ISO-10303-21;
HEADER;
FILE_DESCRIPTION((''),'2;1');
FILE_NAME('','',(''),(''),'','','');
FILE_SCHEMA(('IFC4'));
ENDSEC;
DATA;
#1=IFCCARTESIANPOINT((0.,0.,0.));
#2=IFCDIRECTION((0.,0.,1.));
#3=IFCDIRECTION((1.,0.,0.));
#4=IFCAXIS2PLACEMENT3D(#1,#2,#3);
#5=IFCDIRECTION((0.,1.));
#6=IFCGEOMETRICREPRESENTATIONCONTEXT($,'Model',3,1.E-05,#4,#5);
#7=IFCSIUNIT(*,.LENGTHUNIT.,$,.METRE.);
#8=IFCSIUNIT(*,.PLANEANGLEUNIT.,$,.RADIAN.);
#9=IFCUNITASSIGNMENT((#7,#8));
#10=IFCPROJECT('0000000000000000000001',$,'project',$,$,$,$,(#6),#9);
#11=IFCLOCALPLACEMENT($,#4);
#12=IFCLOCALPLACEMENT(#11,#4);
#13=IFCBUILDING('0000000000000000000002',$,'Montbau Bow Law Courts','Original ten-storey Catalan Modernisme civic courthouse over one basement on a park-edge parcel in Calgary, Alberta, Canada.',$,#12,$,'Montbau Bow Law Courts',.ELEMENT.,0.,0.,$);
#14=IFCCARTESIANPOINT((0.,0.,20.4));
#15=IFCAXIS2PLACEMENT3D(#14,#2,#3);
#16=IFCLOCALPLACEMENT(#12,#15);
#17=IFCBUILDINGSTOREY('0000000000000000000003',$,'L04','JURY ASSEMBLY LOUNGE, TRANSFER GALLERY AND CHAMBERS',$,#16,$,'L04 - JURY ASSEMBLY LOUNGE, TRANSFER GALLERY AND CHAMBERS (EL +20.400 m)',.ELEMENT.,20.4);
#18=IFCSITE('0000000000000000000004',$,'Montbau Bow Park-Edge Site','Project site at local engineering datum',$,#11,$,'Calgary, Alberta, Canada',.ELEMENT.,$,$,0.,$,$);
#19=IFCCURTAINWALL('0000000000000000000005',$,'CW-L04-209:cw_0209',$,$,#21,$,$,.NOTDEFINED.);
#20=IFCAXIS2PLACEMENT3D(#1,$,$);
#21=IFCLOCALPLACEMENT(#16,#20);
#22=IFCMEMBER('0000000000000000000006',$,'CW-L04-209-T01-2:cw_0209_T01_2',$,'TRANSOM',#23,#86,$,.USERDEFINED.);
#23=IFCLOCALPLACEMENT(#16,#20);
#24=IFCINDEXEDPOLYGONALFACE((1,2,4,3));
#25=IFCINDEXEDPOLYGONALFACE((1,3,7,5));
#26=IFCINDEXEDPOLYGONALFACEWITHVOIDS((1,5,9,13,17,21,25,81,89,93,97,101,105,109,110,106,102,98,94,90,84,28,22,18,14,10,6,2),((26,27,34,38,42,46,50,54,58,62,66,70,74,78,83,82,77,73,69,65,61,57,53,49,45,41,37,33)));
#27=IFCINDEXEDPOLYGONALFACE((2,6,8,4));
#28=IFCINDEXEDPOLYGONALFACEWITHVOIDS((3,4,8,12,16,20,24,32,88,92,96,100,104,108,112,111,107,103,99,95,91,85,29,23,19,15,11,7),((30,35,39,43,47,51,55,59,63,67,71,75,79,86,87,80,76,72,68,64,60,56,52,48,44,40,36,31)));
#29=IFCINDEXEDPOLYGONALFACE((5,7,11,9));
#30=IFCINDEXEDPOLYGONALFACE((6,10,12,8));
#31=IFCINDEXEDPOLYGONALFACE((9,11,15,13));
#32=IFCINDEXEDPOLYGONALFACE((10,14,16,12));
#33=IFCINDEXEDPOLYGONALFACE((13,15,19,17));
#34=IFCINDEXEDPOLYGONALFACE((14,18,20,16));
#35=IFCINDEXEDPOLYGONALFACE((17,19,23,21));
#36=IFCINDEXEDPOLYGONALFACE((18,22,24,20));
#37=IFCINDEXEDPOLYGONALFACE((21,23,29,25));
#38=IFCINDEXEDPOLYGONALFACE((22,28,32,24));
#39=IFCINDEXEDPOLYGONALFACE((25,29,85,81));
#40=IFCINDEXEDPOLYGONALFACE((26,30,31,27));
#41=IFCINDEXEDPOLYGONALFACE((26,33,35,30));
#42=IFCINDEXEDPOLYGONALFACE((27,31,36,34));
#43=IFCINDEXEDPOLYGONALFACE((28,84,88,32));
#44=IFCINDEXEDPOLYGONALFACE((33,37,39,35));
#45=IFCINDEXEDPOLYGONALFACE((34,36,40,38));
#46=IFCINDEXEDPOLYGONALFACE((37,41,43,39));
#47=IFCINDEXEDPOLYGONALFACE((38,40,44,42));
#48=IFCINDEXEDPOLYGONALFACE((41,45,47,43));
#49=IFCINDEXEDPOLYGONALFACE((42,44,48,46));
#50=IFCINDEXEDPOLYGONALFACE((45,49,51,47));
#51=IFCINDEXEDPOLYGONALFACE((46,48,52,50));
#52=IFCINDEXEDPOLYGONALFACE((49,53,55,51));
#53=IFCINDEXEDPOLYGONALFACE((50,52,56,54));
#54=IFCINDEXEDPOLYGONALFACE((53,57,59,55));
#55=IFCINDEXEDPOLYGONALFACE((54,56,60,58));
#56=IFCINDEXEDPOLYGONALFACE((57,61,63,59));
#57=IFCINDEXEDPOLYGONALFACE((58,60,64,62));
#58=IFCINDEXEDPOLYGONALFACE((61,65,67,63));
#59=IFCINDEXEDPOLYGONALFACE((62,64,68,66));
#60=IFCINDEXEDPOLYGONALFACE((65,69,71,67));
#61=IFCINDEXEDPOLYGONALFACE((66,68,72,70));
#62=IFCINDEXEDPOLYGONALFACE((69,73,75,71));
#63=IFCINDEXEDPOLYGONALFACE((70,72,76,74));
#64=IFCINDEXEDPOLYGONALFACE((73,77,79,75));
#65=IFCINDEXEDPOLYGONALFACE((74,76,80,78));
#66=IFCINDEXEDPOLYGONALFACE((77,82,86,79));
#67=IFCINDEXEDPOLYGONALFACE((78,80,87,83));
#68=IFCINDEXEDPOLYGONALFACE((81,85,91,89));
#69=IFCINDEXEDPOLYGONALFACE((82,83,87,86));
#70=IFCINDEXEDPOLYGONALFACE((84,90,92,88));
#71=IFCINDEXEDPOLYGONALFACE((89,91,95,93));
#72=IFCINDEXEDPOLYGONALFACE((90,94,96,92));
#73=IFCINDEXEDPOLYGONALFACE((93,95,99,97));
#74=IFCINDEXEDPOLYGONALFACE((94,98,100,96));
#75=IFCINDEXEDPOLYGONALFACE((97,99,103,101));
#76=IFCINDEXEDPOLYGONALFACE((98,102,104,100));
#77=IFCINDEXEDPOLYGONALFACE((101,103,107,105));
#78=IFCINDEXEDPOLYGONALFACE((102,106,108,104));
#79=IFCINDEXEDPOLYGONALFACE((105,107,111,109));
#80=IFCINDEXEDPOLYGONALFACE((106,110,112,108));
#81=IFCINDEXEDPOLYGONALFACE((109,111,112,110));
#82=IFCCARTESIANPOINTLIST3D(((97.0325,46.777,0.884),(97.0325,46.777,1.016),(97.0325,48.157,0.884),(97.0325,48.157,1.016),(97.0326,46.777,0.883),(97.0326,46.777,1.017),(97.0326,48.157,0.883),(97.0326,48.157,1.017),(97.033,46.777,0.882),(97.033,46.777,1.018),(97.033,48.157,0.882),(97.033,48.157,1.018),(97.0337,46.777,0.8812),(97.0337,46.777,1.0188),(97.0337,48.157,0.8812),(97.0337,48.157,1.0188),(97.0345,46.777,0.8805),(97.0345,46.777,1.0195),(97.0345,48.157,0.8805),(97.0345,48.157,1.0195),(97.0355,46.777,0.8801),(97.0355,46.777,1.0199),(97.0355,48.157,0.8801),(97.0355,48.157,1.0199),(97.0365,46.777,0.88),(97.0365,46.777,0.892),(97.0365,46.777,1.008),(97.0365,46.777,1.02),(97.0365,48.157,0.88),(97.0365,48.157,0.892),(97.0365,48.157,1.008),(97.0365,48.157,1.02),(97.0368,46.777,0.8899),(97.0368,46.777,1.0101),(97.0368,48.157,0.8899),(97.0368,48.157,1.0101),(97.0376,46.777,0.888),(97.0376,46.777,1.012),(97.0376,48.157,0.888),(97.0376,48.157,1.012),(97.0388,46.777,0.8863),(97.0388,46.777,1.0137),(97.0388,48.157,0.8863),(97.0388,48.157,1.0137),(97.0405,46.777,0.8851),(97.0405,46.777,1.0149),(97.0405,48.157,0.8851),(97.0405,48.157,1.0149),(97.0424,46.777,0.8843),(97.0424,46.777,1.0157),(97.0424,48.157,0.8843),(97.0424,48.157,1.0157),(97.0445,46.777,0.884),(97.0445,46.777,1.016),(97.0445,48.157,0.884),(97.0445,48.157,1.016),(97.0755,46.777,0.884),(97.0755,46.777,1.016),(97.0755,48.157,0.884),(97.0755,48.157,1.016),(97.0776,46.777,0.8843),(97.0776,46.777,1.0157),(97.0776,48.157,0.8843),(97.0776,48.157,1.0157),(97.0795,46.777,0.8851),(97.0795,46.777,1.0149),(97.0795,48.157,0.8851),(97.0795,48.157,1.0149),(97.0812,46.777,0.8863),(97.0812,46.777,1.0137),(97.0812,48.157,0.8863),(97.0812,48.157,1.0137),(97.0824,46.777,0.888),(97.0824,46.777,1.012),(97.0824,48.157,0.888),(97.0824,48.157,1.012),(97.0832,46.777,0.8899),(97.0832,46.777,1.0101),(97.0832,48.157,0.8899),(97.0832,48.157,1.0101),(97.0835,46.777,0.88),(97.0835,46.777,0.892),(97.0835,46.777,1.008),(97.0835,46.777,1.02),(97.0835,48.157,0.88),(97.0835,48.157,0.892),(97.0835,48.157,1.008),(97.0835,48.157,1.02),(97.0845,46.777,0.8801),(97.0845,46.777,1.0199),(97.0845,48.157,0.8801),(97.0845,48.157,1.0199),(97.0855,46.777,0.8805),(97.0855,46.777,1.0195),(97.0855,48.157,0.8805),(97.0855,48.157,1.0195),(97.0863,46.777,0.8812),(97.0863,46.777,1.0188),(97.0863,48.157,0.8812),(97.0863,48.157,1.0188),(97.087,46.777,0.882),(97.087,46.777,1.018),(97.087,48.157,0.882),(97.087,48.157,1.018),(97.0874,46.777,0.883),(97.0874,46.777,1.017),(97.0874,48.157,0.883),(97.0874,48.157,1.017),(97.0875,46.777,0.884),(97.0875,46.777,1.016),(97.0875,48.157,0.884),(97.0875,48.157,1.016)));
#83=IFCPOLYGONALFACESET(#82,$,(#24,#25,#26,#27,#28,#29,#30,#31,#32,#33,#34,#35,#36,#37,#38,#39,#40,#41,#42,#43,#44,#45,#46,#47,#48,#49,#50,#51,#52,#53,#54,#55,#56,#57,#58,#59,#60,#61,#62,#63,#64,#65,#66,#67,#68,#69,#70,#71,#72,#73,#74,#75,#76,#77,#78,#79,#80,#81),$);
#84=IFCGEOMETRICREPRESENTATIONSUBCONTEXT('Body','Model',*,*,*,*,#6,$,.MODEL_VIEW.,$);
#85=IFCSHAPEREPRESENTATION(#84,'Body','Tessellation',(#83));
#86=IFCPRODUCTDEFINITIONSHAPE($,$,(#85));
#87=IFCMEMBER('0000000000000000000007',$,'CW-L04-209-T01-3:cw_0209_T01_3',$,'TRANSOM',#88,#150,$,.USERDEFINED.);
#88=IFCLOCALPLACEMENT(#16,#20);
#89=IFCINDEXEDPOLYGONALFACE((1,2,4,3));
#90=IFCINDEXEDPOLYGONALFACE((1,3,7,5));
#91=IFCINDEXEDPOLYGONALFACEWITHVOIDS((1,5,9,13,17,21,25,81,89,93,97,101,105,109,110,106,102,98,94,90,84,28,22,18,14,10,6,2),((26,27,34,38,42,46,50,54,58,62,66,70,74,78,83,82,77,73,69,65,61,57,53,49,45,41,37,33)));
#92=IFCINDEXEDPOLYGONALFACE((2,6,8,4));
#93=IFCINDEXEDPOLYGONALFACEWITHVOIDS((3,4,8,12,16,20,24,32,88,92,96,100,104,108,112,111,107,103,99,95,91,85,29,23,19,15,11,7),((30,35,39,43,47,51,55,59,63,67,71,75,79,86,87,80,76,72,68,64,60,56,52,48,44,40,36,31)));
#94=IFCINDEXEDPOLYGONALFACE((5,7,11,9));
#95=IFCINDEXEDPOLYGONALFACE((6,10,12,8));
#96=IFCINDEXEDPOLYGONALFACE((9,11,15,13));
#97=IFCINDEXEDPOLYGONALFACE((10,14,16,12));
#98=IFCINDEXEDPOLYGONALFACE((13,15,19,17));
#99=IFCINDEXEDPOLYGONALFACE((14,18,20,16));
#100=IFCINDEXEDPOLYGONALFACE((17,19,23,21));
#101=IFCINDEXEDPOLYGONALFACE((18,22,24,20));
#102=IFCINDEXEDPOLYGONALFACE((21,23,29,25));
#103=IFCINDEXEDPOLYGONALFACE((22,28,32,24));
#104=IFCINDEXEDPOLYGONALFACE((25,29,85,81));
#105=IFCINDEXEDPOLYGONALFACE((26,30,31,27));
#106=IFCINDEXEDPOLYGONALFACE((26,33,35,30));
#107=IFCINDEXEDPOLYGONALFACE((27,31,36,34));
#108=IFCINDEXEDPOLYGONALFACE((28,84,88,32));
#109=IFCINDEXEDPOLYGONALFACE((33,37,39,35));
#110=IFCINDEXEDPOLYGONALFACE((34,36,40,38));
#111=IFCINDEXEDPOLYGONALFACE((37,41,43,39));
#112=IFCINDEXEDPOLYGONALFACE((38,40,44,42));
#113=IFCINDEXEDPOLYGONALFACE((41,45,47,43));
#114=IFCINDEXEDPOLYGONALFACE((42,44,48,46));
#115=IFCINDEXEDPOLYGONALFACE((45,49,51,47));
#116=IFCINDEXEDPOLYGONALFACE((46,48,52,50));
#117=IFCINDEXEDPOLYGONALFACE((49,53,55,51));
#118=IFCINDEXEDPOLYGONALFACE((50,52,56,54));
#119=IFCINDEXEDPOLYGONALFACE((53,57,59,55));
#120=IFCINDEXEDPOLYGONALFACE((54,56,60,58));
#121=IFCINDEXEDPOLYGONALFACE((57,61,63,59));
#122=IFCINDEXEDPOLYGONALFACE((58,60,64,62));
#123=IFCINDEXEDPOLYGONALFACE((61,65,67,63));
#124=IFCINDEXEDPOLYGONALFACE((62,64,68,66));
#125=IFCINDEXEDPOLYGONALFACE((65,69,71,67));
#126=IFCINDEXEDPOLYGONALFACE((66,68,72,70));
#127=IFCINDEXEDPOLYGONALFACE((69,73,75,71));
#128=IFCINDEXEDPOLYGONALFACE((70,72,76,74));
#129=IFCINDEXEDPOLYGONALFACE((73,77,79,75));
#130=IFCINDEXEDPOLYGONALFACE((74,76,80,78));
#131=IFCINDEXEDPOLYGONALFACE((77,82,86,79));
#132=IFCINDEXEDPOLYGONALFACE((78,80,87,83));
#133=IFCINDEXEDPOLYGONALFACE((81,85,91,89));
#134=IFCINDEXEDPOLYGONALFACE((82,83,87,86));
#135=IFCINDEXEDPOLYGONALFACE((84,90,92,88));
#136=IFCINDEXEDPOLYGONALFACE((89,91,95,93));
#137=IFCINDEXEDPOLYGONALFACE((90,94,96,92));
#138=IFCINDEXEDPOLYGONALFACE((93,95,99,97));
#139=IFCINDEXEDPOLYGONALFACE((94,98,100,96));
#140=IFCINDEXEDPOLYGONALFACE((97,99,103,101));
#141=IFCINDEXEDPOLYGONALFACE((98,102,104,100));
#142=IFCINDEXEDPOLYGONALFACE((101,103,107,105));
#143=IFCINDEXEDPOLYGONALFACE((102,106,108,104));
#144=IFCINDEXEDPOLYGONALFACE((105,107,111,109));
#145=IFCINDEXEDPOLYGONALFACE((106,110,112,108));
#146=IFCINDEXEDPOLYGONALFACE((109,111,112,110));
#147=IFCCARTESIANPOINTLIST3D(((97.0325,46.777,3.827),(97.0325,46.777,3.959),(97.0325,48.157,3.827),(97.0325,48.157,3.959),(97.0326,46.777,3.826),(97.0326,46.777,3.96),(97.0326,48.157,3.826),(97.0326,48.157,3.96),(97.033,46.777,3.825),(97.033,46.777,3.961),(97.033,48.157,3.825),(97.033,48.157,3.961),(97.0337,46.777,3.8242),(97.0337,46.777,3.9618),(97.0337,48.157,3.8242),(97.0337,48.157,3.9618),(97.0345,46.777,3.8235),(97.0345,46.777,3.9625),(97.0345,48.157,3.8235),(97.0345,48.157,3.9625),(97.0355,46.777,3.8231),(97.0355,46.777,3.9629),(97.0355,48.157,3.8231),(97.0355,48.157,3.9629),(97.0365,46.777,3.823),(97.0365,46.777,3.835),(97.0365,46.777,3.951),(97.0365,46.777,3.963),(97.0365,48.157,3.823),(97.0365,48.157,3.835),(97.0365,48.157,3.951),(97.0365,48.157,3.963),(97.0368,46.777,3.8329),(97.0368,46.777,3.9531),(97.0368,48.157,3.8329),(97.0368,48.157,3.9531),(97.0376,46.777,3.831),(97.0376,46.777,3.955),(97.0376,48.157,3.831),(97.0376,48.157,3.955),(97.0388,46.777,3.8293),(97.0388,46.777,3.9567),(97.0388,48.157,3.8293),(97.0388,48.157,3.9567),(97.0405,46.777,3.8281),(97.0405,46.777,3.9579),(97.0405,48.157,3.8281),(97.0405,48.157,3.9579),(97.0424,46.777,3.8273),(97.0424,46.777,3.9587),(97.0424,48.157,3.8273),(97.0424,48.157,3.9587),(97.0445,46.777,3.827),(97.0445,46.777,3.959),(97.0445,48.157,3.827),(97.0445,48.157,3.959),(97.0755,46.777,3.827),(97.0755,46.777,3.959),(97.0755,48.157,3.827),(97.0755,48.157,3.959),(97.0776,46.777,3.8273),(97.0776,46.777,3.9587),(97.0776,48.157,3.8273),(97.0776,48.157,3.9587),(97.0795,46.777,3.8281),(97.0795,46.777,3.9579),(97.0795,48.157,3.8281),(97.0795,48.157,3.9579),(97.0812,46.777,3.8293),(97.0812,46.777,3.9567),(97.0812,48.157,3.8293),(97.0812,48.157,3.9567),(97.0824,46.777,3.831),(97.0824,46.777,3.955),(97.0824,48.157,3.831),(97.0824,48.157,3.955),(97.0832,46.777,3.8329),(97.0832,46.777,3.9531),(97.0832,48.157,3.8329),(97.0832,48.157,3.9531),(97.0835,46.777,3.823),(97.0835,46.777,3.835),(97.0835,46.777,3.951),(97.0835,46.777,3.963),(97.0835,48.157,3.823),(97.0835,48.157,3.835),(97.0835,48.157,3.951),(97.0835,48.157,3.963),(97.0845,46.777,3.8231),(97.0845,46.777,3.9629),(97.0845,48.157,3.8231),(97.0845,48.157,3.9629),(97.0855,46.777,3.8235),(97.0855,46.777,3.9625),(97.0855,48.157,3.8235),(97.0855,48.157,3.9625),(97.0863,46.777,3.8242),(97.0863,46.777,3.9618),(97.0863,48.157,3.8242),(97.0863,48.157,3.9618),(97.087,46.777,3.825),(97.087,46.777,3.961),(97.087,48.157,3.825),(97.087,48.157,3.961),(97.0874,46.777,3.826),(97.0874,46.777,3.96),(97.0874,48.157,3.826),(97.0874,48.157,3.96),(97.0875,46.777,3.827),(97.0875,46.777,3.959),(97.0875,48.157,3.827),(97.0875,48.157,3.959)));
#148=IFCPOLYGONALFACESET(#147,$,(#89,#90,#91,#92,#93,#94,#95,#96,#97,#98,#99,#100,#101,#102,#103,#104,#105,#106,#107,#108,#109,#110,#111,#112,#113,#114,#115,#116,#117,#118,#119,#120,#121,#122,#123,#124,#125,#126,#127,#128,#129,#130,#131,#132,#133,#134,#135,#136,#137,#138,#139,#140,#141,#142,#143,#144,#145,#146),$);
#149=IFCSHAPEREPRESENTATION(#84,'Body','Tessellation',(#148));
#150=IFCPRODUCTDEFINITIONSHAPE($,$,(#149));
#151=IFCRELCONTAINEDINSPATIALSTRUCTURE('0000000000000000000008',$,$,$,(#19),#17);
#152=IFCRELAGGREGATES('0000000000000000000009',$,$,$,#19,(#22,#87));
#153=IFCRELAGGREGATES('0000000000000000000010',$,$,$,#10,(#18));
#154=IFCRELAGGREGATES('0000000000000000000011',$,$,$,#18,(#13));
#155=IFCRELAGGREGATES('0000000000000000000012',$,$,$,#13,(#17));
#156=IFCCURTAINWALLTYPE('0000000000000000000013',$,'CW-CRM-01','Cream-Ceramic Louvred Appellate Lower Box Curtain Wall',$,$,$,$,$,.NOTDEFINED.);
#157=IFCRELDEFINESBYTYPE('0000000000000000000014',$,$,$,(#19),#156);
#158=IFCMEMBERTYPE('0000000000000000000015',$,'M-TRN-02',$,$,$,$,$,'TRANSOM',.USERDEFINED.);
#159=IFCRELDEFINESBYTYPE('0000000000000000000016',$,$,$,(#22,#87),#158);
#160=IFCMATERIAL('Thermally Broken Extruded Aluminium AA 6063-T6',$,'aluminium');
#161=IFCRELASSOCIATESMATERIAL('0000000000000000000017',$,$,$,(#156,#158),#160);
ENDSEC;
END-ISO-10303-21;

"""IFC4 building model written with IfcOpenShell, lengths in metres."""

from ifc_helpers import new_model, si_unit, direction, frame, origin_with_axes, origin_2d_with_axis, place, context, subcontext, project, spatial, hollow_rectangle, extrude, material, material_profile, profile_set, type_object, element, aggregate, save


model = new_model("IFC4")

# Units and contexts
model_context = context("Model", 3, precision=1e-05, world=origin_with_axes(), true_north=direction((0.0, 1.0)))
body_context = subcontext(model_context, "Body", "Model", "MODEL_VIEW")
ifc_project = project(units=[si_unit("LENGTHUNIT", "METRE"), si_unit("PLANEANGLEUNIT", "RADIAN")], contexts=[model_context])

# Site, building, storey
site_placement = place(None, origin_with_axes())
site = spatial("IfcSite", under=ifc_project, at=site_placement, Name="Montbau Bow Park-Edge Site", Description="Project site at local engineering datum", LongName="Calgary, Alberta, Canada", CompositionType="ELEMENT", RefElevation=0.0)
building_placement = place(site_placement, origin_with_axes())
building = spatial("IfcBuilding", under=site, at=building_placement, Name="Montbau Bow Law Courts", Description="Original ten-storey Catalan Modernisme civic courthouse over one basement on a park-edge parcel in Calgary, Alberta, Canada.", LongName="Montbau Bow Law Courts", CompositionType="ELEMENT", ElevationOfRefHeight=0.0, ElevationOfTerrain=0.0)
storey_placement = place(building_placement, frame((0.0, 0.0, 20.4), z_axis=(0.0, 0.0, 1.0), x_axis=(1.0, 0.0, 0.0)))
storey = spatial("IfcBuildingStorey", under=building, at=storey_placement, Name="L04", Description="JURY ASSEMBLY LOUNGE, TRANSFER GALLERY AND CHAMBERS", LongName="L04 - JURY ASSEMBLY LOUNGE, TRANSFER GALLERY AND CHAMBERS (EL +20.400 m)", CompositionType="ELEMENT", Elevation=20.4)

# Shared definitions
ifc_material_1 = material(Name="Thermally Broken Extruded Aluminium AA 6063-T6", Category="aluminium")
curtain_wall_type = type_object("IfcCurtainWallType", Name="CW-CRM-01", Description="Cream-Ceramic Louvred Appellate Lower Box Curtain Wall", PredefinedType="NOTDEFINED", material=ifc_material_1)

# Curtain wall
curtain_wall_1_placement = place(None, frame((97.06, 46.715, 20.4), z_axis=(0.0, 0.0, 1.0), x_axis=(1.0, 0.0, 0.0)))
curtain_wall_1 = element("IfcCurtainWall", 1, at=curtain_wall_1_placement, inside=storey, type_object=curtain_wall_type, Name="CW-L04-209:cw_0209", PredefinedType="NOTDEFINED")

# Members
ifc_material_profile_1 = material_profile(ifc_material_1, hollow_rectangle(XDim=0.055, YDim=0.14, WallThickness=0.004, InnerFilletRadius=0.008, OuterFilletRadius=0.004, at=origin_2d_with_axis()), Name="CWT-140X55", Category="Main", Priority=0)
ifc_profile_set_1 = profile_set([ifc_material_profile_1], Name="Thermally Broken Extruded Aluminium AA 6063-T6")
member_type_1 = type_object("IfcMemberType", Name="M-TRN-02", ElementType="TRANSOM", PredefinedType="USERDEFINED", material=ifc_profile_set_1)
member_1_placement = place(None, frame((97.06, 46.777, 21.35), z_axis=(0.0, 1.0, 0.0), x_axis=(-1.0, 0.0, 0.0)))
member_1 = element("IfcMember", 2, at=member_1_placement, type_object=member_type_1, Name="CW-L04-209-T01-2:cw_0209_T01_2", ObjectType="TRANSOM", PredefinedType="USERDEFINED", context=body_context, shape_type="SweptSolid", body=[
    extrude(hollow_rectangle(XDim=0.055, YDim=0.14, WallThickness=0.004, InnerFilletRadius=0.008, OuterFilletRadius=0.004, at=origin_2d_with_axis()), origin_with_axes(), (0.0, 0.0, 1.0), 1.38),
])
member_2_placement = place(None, frame((97.06, 46.777, 24.293), z_axis=(0.0, 1.0, 0.0), x_axis=(-1.0, 0.0, 0.0)))
member_2 = element("IfcMember", 3, at=member_2_placement, type_object=member_type_1, Name="CW-L04-209-T01-3:cw_0209_T01_3", ObjectType="TRANSOM", PredefinedType="USERDEFINED", context=body_context, shape_type="SweptSolid", body=[
    extrude(hollow_rectangle(XDim=0.055, YDim=0.14, WallThickness=0.004, InnerFilletRadius=0.008, OuterFilletRadius=0.004, at=origin_2d_with_axis()), origin_with_axes(), (0.0, 0.0, 1.0), 1.38),
])

aggregate(curtain_wall_1, [member_1, member_2])

save(model, "model.ifc")
